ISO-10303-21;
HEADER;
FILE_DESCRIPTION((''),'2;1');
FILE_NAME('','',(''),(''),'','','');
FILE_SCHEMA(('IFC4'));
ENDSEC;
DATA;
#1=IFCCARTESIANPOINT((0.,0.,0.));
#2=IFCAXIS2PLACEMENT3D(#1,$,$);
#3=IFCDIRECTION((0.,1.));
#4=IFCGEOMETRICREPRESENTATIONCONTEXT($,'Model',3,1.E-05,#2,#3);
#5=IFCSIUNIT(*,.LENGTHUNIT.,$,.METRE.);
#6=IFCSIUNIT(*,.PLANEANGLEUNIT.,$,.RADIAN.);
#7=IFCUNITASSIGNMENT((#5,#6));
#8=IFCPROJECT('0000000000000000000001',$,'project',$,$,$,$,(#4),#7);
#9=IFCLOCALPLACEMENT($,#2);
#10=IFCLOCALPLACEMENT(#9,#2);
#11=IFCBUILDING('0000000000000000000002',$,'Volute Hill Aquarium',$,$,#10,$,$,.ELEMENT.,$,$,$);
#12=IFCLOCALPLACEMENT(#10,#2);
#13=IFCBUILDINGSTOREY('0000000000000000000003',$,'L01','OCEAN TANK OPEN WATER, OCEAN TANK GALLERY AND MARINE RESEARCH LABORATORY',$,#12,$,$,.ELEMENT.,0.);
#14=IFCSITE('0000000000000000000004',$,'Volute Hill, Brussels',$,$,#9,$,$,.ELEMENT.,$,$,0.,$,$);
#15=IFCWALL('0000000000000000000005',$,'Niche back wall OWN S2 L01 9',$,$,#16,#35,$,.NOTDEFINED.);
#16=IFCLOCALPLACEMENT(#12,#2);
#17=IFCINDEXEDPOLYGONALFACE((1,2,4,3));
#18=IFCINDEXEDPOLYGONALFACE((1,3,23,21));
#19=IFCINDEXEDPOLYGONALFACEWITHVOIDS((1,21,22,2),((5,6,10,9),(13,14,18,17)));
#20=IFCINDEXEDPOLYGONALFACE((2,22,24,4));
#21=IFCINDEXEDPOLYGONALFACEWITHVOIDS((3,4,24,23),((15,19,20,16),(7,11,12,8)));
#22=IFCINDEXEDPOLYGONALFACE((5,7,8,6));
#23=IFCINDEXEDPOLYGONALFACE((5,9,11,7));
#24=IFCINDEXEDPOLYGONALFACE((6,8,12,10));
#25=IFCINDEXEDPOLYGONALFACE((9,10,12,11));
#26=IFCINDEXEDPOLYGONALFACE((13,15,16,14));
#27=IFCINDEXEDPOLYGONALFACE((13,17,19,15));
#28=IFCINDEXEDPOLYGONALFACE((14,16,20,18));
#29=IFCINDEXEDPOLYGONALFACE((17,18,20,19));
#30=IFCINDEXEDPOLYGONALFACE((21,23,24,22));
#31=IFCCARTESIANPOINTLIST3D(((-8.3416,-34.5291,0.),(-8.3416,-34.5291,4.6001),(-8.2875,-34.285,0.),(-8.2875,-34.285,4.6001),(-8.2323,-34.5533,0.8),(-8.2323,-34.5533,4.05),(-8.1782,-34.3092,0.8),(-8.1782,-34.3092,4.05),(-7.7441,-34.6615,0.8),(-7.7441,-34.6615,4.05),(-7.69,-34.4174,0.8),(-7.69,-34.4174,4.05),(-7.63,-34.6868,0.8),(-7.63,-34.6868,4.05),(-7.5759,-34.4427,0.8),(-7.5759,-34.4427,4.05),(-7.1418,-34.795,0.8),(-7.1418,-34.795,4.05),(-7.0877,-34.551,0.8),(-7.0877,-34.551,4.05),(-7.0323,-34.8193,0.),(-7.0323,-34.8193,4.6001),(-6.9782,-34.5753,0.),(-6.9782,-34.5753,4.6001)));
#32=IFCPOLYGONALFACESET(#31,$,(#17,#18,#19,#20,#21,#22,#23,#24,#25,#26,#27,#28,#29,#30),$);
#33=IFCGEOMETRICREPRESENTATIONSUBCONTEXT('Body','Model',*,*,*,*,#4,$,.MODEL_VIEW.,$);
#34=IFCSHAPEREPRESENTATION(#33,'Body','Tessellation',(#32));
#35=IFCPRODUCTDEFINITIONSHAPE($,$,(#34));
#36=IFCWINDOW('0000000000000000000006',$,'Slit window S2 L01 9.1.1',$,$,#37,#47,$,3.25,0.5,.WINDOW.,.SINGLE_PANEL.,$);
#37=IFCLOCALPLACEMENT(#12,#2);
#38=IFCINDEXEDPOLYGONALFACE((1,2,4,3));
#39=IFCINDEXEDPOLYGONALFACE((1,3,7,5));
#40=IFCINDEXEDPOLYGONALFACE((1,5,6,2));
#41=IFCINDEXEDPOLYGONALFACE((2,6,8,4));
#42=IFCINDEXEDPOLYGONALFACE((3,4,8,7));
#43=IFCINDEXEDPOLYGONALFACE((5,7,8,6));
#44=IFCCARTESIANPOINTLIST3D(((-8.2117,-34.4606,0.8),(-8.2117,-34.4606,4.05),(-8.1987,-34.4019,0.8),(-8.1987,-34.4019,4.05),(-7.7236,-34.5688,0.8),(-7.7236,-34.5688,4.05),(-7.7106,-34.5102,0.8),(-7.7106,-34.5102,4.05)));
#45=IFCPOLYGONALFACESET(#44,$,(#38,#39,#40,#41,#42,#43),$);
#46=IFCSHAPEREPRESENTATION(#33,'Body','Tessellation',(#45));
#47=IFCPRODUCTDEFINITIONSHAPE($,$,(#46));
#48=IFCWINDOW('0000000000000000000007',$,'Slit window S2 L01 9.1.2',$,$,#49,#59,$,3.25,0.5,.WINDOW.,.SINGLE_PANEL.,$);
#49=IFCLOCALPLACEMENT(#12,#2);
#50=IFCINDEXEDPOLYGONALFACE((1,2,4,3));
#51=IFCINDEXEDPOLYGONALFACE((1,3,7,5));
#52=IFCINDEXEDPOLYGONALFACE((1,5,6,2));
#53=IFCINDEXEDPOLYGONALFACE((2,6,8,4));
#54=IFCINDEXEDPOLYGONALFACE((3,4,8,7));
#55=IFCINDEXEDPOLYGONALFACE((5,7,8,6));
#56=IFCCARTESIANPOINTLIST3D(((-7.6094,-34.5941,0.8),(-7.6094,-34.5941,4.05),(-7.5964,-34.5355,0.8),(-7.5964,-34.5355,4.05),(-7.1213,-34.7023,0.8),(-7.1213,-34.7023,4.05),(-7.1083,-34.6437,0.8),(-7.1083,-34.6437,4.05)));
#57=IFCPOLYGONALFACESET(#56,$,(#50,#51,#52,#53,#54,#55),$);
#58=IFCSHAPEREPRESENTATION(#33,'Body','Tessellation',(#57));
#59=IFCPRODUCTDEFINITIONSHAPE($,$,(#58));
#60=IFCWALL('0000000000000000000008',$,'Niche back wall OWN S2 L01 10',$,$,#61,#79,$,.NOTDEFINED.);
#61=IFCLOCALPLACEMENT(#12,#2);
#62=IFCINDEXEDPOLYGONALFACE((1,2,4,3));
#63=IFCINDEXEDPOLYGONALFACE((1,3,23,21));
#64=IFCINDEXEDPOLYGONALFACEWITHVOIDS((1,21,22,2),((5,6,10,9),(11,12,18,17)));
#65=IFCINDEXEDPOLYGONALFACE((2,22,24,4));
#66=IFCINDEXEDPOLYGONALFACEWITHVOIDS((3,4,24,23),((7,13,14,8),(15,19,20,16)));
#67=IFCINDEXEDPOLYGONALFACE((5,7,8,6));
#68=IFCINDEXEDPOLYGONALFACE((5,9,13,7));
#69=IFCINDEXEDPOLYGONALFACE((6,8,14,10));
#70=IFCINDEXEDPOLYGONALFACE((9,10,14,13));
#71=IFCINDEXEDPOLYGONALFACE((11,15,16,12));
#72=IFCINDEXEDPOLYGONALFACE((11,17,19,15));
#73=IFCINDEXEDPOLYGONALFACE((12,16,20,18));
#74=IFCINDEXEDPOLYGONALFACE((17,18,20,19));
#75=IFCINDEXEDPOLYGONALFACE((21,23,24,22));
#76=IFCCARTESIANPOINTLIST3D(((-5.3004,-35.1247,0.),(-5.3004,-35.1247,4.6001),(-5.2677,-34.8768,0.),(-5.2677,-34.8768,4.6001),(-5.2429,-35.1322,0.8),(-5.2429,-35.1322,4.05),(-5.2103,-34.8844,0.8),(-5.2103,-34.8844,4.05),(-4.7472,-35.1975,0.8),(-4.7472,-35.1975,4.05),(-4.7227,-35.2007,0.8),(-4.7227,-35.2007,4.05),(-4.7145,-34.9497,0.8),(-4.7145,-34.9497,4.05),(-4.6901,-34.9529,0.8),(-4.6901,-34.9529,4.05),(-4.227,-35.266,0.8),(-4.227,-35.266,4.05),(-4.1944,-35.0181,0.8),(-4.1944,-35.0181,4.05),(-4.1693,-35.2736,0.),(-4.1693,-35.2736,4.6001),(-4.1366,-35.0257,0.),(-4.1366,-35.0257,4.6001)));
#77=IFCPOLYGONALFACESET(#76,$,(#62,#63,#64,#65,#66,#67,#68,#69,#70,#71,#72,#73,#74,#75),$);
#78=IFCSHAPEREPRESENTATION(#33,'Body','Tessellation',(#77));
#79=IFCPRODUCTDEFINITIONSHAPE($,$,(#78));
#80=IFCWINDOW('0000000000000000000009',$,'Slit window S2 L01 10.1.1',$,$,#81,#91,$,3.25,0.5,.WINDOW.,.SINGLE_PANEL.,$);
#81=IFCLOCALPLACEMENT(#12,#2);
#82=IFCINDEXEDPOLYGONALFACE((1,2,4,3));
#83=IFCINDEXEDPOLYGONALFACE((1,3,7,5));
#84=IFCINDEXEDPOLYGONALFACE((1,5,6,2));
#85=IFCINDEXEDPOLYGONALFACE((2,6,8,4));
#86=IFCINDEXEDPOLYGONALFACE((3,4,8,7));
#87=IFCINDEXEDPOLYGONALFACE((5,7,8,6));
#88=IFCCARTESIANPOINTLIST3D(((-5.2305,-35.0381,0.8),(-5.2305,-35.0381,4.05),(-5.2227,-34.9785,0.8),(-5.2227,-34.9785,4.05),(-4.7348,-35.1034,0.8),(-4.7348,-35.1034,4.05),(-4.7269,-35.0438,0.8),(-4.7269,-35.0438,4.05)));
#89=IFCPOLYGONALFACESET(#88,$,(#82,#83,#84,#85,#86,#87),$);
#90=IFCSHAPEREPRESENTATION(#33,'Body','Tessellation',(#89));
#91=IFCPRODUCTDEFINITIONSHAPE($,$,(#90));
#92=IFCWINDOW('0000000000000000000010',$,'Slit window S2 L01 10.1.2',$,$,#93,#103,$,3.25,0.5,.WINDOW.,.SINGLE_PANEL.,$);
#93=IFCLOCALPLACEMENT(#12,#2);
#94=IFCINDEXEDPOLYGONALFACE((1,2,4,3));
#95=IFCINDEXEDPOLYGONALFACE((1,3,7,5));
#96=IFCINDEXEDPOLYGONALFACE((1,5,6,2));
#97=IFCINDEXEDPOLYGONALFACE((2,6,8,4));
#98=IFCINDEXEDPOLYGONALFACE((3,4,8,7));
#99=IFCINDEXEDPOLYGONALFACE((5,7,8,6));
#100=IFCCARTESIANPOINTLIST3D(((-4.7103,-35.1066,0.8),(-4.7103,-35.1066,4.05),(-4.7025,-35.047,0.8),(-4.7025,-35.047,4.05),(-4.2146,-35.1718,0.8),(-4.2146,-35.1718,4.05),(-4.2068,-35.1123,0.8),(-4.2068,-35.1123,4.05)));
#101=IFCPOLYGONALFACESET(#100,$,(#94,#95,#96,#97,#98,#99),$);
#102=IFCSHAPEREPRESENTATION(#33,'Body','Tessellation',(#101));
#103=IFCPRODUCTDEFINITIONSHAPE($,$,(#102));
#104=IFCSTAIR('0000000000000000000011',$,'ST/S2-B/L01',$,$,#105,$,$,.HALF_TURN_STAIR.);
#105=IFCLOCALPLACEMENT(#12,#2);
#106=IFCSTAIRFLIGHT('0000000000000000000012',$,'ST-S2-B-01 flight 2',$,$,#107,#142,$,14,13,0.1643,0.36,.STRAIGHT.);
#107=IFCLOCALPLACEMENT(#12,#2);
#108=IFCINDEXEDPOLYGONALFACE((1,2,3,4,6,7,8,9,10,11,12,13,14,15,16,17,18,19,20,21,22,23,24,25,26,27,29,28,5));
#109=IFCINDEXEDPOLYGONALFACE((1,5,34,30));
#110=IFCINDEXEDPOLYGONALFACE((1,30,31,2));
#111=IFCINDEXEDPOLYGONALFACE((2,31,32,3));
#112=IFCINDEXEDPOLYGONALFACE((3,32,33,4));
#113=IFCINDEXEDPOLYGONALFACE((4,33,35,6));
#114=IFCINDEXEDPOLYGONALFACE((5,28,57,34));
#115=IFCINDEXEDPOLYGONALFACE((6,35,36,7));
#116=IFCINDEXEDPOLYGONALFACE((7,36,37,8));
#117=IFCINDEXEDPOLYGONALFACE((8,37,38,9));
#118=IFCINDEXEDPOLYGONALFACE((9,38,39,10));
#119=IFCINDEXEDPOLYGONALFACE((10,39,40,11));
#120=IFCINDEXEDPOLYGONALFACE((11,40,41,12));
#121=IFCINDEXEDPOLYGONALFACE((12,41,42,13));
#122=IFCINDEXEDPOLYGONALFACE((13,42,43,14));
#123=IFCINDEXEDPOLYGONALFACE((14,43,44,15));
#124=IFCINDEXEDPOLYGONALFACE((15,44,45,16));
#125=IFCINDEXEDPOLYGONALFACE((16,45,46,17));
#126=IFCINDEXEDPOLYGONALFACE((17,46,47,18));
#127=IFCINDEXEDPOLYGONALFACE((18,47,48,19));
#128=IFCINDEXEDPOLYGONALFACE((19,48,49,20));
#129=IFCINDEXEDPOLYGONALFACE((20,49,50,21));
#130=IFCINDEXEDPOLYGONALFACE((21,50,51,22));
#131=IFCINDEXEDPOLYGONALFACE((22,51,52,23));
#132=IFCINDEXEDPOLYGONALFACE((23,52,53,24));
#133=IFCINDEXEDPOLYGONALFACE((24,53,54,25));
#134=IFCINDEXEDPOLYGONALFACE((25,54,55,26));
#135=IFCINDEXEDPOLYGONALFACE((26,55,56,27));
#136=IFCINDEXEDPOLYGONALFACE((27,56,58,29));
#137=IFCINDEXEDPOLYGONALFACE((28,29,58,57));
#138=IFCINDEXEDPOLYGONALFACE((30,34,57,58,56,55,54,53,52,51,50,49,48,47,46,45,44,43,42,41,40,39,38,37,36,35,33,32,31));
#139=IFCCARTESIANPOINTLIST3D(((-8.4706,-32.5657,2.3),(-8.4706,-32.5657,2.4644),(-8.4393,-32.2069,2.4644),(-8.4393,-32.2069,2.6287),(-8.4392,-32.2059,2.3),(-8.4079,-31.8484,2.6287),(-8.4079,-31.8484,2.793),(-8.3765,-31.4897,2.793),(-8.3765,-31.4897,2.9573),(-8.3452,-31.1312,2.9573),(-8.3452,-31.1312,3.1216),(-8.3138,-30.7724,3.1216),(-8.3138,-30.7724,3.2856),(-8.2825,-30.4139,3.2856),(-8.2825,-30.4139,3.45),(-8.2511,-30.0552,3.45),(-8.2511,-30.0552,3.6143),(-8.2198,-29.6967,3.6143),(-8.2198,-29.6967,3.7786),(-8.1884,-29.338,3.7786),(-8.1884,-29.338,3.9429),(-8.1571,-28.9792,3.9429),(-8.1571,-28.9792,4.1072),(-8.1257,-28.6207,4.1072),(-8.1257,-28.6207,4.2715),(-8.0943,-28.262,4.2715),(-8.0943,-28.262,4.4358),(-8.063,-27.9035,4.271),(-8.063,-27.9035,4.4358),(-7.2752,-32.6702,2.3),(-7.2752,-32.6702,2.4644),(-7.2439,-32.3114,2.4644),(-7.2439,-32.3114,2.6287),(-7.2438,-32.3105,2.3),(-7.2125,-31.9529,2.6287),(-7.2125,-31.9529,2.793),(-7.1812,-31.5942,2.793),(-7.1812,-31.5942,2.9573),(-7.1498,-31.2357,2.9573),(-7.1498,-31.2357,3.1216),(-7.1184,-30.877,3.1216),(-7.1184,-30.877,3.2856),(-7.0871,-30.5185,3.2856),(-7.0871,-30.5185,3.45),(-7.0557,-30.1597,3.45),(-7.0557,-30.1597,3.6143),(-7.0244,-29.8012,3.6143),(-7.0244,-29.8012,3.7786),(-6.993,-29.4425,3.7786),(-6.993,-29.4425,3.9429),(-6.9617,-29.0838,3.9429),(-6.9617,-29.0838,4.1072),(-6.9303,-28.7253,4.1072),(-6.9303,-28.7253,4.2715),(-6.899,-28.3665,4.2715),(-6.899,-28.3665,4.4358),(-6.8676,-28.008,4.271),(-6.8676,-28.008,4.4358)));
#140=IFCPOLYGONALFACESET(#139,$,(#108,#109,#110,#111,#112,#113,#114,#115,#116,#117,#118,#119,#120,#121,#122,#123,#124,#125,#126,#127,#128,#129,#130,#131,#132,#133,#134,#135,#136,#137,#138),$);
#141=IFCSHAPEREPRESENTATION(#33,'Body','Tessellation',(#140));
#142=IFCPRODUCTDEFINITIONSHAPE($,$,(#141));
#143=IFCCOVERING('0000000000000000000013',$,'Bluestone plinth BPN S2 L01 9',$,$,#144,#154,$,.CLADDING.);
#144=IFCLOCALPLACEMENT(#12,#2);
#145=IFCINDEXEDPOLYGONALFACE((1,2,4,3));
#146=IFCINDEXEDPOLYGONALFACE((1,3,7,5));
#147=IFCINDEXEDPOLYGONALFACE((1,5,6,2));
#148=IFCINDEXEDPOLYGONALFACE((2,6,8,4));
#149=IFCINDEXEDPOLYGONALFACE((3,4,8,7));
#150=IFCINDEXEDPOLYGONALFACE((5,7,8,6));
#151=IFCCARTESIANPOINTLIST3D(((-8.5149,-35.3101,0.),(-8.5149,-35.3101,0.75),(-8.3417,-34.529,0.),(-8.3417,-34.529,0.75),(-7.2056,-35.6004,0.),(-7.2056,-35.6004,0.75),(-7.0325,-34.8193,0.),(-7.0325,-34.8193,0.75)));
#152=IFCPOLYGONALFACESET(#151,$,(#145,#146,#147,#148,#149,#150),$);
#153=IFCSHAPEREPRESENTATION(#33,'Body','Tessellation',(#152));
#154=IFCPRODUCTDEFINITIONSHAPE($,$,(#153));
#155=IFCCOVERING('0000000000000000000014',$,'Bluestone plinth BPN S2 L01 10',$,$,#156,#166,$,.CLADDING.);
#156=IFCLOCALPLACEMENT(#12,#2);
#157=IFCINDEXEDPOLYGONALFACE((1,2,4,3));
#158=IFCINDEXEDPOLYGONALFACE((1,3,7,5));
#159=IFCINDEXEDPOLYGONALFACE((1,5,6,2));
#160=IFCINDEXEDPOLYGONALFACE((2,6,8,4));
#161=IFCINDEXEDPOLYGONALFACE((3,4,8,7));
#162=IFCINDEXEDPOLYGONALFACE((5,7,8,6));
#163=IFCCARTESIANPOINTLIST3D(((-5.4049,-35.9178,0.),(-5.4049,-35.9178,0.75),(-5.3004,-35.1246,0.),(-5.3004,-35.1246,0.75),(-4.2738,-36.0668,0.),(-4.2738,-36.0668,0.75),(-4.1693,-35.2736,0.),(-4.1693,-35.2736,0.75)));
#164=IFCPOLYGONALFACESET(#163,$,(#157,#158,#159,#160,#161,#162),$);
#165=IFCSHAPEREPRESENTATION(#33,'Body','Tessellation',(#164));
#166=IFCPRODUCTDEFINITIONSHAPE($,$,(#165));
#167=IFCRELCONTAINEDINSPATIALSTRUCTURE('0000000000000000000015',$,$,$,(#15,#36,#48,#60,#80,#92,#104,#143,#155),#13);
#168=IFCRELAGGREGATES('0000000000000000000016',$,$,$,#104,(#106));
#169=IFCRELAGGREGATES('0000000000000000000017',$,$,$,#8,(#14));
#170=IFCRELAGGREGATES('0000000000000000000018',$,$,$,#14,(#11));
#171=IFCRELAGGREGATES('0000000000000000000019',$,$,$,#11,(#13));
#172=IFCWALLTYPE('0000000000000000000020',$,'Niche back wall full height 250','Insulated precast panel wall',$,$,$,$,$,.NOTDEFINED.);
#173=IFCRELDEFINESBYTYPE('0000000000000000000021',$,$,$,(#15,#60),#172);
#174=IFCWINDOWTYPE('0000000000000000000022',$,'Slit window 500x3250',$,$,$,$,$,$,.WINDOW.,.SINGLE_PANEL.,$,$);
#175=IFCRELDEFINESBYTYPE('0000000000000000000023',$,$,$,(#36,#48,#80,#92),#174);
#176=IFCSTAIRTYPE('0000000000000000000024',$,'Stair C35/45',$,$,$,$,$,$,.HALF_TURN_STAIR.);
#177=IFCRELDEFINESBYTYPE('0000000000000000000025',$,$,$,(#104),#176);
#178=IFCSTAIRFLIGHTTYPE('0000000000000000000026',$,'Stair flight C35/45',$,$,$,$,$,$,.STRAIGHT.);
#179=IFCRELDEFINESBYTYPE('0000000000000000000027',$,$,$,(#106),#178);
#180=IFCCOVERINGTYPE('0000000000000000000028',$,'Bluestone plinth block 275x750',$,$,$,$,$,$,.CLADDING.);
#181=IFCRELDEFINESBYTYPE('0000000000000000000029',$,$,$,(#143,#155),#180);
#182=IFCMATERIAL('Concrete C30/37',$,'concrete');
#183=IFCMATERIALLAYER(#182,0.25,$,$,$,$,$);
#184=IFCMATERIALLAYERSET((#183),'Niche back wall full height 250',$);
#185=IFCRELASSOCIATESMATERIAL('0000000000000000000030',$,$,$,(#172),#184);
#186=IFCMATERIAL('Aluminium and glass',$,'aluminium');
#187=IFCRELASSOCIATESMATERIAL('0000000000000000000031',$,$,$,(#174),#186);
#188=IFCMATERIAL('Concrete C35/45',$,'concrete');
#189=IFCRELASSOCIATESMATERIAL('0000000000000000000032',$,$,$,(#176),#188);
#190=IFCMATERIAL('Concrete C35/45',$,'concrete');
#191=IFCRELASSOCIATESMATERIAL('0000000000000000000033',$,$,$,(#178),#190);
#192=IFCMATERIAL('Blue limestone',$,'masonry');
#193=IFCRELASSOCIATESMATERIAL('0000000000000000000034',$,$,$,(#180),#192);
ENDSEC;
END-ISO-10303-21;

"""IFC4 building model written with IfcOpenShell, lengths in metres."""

from ifc_helpers import new_model, si_unit, direction, frame, frame_2d, origin, origin_2d, place, context, subcontext, project, spatial, polyline, rectangle, outline, extrude, material, layer, layer_set, type_object, element, fill, aggregate, save


model = new_model("IFC4")

# Units and contexts
model_context = context("Model", 3, precision=1e-05, world=origin(), true_north=direction((0.0, 1.0)))
body_context = subcontext(model_context, "Body", "Model", "MODEL_VIEW")
ifc_project = project(units=[si_unit("LENGTHUNIT", "METRE"), si_unit("PLANEANGLEUNIT", "RADIAN")], contexts=[model_context])

# Site, building, storey
site_placement = place(None, origin())
site = spatial("IfcSite", under=ifc_project, at=site_placement, Name="Volute Hill, Brussels", CompositionType="ELEMENT", RefElevation=0.0)
building_placement = place(site_placement, origin())
building = spatial("IfcBuilding", under=site, at=building_placement, Name="Volute Hill Aquarium", CompositionType="ELEMENT")
storey_placement = place(building_placement, origin())
storey = spatial("IfcBuildingStorey", under=building, at=storey_placement, Name="L01", Description="OCEAN TANK OPEN WATER, OCEAN TANK GALLERY AND MARINE RESEARCH LABORATORY", CompositionType="ELEMENT", Elevation=0.0)

# Walls, openings, windows
ifc_material_1 = material(Name="Concrete C30/37", Category="concrete")
ifc_layer_1 = layer(ifc_material_1, 0.25)
ifc_layer_set_1 = layer_set([ifc_layer_1], Name="Niche back wall full height 250")
wall_type_1 = type_object("IfcWallType", Name="Niche back wall full height 250", Description="Insulated precast panel wall", PredefinedType="NOTDEFINED", material=ifc_layer_set_1)
wall_1_placement = place(storey_placement, frame((-7.0054, -34.6973, 0.0), z_axis=(0.0, 0.0, 1.0), x_axis=(-0.976294, 0.216449, 0.0)))
wall_1 = element("IfcWall", 1, at=wall_1_placement, inside=storey, type_object=wall_type_1, Name="Niche back wall OWN S2 L01 9", PredefinedType="NOTDEFINED", context=body_context, shape_type="SweptSolid", body=[
    extrude(rectangle(XDim=1.3411, YDim=0.25, at=frame_2d((0.6704, 0.0))), origin(), (0.0, 0.0, 1.0), 4.6001),
])
opening_1_placement = place(wall_1_placement, frame((0.729, 0.0, 0.8)))
opening_1 = element("IfcOpeningElement", 2, at=opening_1_placement, cuts=wall_1, PredefinedType="OPENING", context=body_context, shape_type="SweptSolid", body=[
    extrude(rectangle(XDim=0.5, YDim=3.25, at=frame_2d((0.25, 1.625))), frame((0.0, 0.135, 0.0), z_axis=(0.0, -1.0, 0.0), x_axis=(1.0, 0.0, 0.0)), (0.0, 0.0, 1.0), 0.27),
])
opening_2_placement = place(wall_1_placement, frame((0.1121, 0.0, 0.8)))
opening_2 = element("IfcOpeningElement", 3, at=opening_2_placement, cuts=wall_1, PredefinedType="OPENING", context=body_context, shape_type="SweptSolid", body=[
    extrude(rectangle(XDim=0.5, YDim=3.25, at=frame_2d((0.25, 1.625))), frame((0.0, 0.135, 0.0), z_axis=(0.0, -1.0, 0.0), x_axis=(1.0, 0.0, 0.0)), (0.0, 0.0, 1.0), 0.27),
])
ifc_material_2 = material(Name="Aluminium and glass", Category="aluminium")
window_type_1 = type_object("IfcWindowType", Name="Slit window 500x3250", PartitioningType="SINGLE_PANEL", PredefinedType="WINDOW", material=ifc_material_2)
window_1_placement = place(opening_1_placement, origin())
window_1 = element("IfcWindow", 4, at=window_1_placement, inside=storey, type_object=window_type_1, Name="Slit window S2 L01 9.1.1", OverallHeight=3.25, OverallWidth=0.5, PartitioningType="SINGLE_PANEL", PredefinedType="WINDOW", context=body_context, shape_type="SweptSolid", body=[
    extrude(rectangle(XDim=0.5, YDim=3.25, at=frame_2d((0.25, 1.625))), frame((0.0, 0.03, 0.0), z_axis=(0.0, -1.0, 0.0), x_axis=(1.0, 0.0, 0.0)), (0.0, 0.0, 1.0), 0.0601),
])
fill(opening_1, window_1)
window_2_placement = place(opening_2_placement, origin())
window_2 = element("IfcWindow", 5, at=window_2_placement, inside=storey, type_object=window_type_1, Name="Slit window S2 L01 9.1.2", OverallHeight=3.25, OverallWidth=0.5, PartitioningType="SINGLE_PANEL", PredefinedType="WINDOW", context=body_context, shape_type="SweptSolid", body=[
    extrude(rectangle(XDim=0.5, YDim=3.25, at=frame_2d((0.25, 1.625))), frame((0.0, 0.03, 0.0), z_axis=(0.0, -1.0, 0.0), x_axis=(1.0, 0.0, 0.0)), (0.0, 0.0, 1.0), 0.0601),
])
fill(opening_2, window_2)
wall_2_placement = place(storey_placement, frame((-4.1531, -35.1497, 0.0), z_axis=(0.0, 0.0, 1.0), x_axis=(-0.991443, 0.130538, 0.0)))
wall_2 = element("IfcWall", 6, at=wall_2_placement, inside=storey, type_object=wall_type_1, Name="Niche back wall OWN S2 L01 10", PredefinedType="NOTDEFINED", context=body_context, shape_type="SweptSolid", body=[
    extrude(rectangle(XDim=1.1409, YDim=0.25, at=frame_2d((0.5703, 0.0))), origin(), (0.0, 0.0, 1.0), 4.6001),
])
opening_3_placement = place(wall_2_placement, frame((0.5828, 0.0, 0.8)))
opening_3 = element("IfcOpeningElement", 7, at=opening_3_placement, cuts=wall_2, PredefinedType="OPENING", context=body_context, shape_type="SweptSolid", body=[
    extrude(rectangle(XDim=0.5, YDim=3.25, at=frame_2d((0.25, 1.625))), frame((0.0, 0.135, 0.0), z_axis=(0.0, -1.0, 0.0), x_axis=(1.0, 0.0, 0.0)), (0.0, 0.0, 1.0), 0.27),
])
opening_4_placement = place(wall_2_placement, frame((0.0581, 0.0, 0.8)))
opening_4 = element("IfcOpeningElement", 8, at=opening_4_placement, cuts=wall_2, PredefinedType="OPENING", context=body_context, shape_type="SweptSolid", body=[
    extrude(rectangle(XDim=0.5, YDim=3.25, at=frame_2d((0.25, 1.625))), frame((0.0, 0.135, 0.0), z_axis=(0.0, -1.0, 0.0), x_axis=(1.0, 0.0, 0.0)), (0.0, 0.0, 1.0), 0.27),
])
window_3_placement = place(opening_3_placement, origin())
window_3 = element("IfcWindow", 9, at=window_3_placement, inside=storey, type_object=window_type_1, Name="Slit window S2 L01 10.1.1", OverallHeight=3.25, OverallWidth=0.5, PartitioningType="SINGLE_PANEL", PredefinedType="WINDOW", context=body_context, shape_type="SweptSolid", body=[
    extrude(rectangle(XDim=0.5, YDim=3.25, at=frame_2d((0.25, 1.625))), frame((0.0, 0.03, 0.0), z_axis=(0.0, -1.0, 0.0), x_axis=(1.0, 0.0, 0.0)), (0.0, 0.0, 1.0), 0.0601),
])
fill(opening_3, window_3)
window_4_placement = place(opening_4_placement, origin())
window_4 = element("IfcWindow", 10, at=window_4_placement, inside=storey, type_object=window_type_1, Name="Slit window S2 L01 10.1.2", OverallHeight=3.25, OverallWidth=0.5, PartitioningType="SINGLE_PANEL", PredefinedType="WINDOW", context=body_context, shape_type="SweptSolid", body=[
    extrude(rectangle(XDim=0.5, YDim=3.25, at=frame_2d((0.25, 1.625))), frame((0.0, 0.03, 0.0), z_axis=(0.0, -1.0, 0.0), x_axis=(1.0, 0.0, 0.0)), (0.0, 0.0, 1.0), 0.0601),
])
fill(opening_4, window_4)

# Stair, stair flight
ifc_material_3 = material(Name="Concrete C35/45", Category="concrete")
stair_type = type_object("IfcStairType", Name="Stair C35/45", PredefinedType="HALF_TURN_STAIR", material=ifc_material_3)
stair_placement = place(storey_placement, origin())
stair = element("IfcStair", 11, at=stair_placement, inside=storey, type_object=stair_type, Name="ST/S2-B/L01", PredefinedType="HALF_TURN_STAIR")
ifc_material_4 = material(Name="Concrete C35/45", Category="concrete")
stair_flight_type = type_object("IfcStairFlightType", Name="Stair flight C35/45", PredefinedType="STRAIGHT", material=ifc_material_4)
stair_flight_placement = place(storey_placement, frame((-7.8728, -32.6179, 2.3), z_axis=(0.0, 0.0, 1.0), x_axis=(0.0871, 0.9962, 0.0)))
stair_flight = element("IfcStairFlight", 12, at=stair_flight_placement, type_object=stair_flight_type, Name="ST-S2-B-01 flight 2", NumberOfRisers=14, NumberOfTreads=13, PredefinedType="STRAIGHT", RiserHeight=0.1643, TreadLength=0.36, context=body_context, shape_type="SweptSolid", body=[
    extrude(outline(polyline([(0.0, 0.0), (0.0, 0.1643), (0.3601, 0.1643), (0.3601, 0.3286), (0.72, 0.3286), (0.72, 0.4929), (1.0801, 0.4929), (1.0801, 0.6572), (1.4399, 0.6572), (1.4399, 0.8215), (1.8, 0.8215), (1.8, 0.9856), (2.1599, 0.9856), (2.1599, 1.1499), (2.52, 1.1499), (2.52, 1.3142), (2.8799, 1.3142), (2.8799, 1.4785), (3.24, 1.4785), (3.24, 1.6428), (3.6001, 1.6428), (3.6001, 1.8071), (3.96, 1.8071), (3.96, 1.9714), (4.3201, 1.9714), (4.3201, 2.1357), (4.6799, 2.1357), (4.6799, 2.3), (4.6799, 1.9709), (0.3611, 0.0), (0.0, 0.0)])), frame((0.0, 0.6001, 0.0), z_axis=(0.0, -1.0, 0.0), x_axis=(1.0, 0.0, 0.0)), (0.0, 0.0, 1.0), 1.2),
])
aggregate(stair, [stair_flight])

# Coverings
ifc_material_5 = material(Name="Blue limestone", Category="masonry")
covering_type_1 = type_object("IfcCoveringType", Name="Bluestone plinth block 275x750", PredefinedType="CLADDING", material=ifc_material_5)
covering_1_placement = place(storey_placement, frame((-7.7737, -35.0647, 0.0), z_axis=(0.0, 0.0, 1.0), x_axis=(0.976292, -0.216459, 0.0)))
element("IfcCovering", 13, at=covering_1_placement, inside=storey, type_object=covering_type_1, Name="Bluestone plinth BPN S2 L01 9", PredefinedType="CLADDING", context=body_context, shape_type="SweptSolid", body=[
    extrude(rectangle(XDim=1.3411, YDim=0.8, at=origin_2d()), origin(), (0.0, 0.0, 1.0), 0.75),
])
covering_2_placement = place(storey_placement, frame((-4.7871, -35.5957, 0.0), z_axis=(0.0, 0.0, 1.0), x_axis=(0.991444, -0.130532, 0.0)))
element("IfcCovering", 14, at=covering_2_placement, inside=storey, type_object=covering_type_1, Name="Bluestone plinth BPN S2 L01 10", PredefinedType="CLADDING", context=body_context, shape_type="SweptSolid", body=[
    extrude(rectangle(XDim=1.1409, YDim=0.8, at=origin_2d()), origin(), (0.0, 0.0, 1.0), 0.75),
])

save(model, "model.ifc")
